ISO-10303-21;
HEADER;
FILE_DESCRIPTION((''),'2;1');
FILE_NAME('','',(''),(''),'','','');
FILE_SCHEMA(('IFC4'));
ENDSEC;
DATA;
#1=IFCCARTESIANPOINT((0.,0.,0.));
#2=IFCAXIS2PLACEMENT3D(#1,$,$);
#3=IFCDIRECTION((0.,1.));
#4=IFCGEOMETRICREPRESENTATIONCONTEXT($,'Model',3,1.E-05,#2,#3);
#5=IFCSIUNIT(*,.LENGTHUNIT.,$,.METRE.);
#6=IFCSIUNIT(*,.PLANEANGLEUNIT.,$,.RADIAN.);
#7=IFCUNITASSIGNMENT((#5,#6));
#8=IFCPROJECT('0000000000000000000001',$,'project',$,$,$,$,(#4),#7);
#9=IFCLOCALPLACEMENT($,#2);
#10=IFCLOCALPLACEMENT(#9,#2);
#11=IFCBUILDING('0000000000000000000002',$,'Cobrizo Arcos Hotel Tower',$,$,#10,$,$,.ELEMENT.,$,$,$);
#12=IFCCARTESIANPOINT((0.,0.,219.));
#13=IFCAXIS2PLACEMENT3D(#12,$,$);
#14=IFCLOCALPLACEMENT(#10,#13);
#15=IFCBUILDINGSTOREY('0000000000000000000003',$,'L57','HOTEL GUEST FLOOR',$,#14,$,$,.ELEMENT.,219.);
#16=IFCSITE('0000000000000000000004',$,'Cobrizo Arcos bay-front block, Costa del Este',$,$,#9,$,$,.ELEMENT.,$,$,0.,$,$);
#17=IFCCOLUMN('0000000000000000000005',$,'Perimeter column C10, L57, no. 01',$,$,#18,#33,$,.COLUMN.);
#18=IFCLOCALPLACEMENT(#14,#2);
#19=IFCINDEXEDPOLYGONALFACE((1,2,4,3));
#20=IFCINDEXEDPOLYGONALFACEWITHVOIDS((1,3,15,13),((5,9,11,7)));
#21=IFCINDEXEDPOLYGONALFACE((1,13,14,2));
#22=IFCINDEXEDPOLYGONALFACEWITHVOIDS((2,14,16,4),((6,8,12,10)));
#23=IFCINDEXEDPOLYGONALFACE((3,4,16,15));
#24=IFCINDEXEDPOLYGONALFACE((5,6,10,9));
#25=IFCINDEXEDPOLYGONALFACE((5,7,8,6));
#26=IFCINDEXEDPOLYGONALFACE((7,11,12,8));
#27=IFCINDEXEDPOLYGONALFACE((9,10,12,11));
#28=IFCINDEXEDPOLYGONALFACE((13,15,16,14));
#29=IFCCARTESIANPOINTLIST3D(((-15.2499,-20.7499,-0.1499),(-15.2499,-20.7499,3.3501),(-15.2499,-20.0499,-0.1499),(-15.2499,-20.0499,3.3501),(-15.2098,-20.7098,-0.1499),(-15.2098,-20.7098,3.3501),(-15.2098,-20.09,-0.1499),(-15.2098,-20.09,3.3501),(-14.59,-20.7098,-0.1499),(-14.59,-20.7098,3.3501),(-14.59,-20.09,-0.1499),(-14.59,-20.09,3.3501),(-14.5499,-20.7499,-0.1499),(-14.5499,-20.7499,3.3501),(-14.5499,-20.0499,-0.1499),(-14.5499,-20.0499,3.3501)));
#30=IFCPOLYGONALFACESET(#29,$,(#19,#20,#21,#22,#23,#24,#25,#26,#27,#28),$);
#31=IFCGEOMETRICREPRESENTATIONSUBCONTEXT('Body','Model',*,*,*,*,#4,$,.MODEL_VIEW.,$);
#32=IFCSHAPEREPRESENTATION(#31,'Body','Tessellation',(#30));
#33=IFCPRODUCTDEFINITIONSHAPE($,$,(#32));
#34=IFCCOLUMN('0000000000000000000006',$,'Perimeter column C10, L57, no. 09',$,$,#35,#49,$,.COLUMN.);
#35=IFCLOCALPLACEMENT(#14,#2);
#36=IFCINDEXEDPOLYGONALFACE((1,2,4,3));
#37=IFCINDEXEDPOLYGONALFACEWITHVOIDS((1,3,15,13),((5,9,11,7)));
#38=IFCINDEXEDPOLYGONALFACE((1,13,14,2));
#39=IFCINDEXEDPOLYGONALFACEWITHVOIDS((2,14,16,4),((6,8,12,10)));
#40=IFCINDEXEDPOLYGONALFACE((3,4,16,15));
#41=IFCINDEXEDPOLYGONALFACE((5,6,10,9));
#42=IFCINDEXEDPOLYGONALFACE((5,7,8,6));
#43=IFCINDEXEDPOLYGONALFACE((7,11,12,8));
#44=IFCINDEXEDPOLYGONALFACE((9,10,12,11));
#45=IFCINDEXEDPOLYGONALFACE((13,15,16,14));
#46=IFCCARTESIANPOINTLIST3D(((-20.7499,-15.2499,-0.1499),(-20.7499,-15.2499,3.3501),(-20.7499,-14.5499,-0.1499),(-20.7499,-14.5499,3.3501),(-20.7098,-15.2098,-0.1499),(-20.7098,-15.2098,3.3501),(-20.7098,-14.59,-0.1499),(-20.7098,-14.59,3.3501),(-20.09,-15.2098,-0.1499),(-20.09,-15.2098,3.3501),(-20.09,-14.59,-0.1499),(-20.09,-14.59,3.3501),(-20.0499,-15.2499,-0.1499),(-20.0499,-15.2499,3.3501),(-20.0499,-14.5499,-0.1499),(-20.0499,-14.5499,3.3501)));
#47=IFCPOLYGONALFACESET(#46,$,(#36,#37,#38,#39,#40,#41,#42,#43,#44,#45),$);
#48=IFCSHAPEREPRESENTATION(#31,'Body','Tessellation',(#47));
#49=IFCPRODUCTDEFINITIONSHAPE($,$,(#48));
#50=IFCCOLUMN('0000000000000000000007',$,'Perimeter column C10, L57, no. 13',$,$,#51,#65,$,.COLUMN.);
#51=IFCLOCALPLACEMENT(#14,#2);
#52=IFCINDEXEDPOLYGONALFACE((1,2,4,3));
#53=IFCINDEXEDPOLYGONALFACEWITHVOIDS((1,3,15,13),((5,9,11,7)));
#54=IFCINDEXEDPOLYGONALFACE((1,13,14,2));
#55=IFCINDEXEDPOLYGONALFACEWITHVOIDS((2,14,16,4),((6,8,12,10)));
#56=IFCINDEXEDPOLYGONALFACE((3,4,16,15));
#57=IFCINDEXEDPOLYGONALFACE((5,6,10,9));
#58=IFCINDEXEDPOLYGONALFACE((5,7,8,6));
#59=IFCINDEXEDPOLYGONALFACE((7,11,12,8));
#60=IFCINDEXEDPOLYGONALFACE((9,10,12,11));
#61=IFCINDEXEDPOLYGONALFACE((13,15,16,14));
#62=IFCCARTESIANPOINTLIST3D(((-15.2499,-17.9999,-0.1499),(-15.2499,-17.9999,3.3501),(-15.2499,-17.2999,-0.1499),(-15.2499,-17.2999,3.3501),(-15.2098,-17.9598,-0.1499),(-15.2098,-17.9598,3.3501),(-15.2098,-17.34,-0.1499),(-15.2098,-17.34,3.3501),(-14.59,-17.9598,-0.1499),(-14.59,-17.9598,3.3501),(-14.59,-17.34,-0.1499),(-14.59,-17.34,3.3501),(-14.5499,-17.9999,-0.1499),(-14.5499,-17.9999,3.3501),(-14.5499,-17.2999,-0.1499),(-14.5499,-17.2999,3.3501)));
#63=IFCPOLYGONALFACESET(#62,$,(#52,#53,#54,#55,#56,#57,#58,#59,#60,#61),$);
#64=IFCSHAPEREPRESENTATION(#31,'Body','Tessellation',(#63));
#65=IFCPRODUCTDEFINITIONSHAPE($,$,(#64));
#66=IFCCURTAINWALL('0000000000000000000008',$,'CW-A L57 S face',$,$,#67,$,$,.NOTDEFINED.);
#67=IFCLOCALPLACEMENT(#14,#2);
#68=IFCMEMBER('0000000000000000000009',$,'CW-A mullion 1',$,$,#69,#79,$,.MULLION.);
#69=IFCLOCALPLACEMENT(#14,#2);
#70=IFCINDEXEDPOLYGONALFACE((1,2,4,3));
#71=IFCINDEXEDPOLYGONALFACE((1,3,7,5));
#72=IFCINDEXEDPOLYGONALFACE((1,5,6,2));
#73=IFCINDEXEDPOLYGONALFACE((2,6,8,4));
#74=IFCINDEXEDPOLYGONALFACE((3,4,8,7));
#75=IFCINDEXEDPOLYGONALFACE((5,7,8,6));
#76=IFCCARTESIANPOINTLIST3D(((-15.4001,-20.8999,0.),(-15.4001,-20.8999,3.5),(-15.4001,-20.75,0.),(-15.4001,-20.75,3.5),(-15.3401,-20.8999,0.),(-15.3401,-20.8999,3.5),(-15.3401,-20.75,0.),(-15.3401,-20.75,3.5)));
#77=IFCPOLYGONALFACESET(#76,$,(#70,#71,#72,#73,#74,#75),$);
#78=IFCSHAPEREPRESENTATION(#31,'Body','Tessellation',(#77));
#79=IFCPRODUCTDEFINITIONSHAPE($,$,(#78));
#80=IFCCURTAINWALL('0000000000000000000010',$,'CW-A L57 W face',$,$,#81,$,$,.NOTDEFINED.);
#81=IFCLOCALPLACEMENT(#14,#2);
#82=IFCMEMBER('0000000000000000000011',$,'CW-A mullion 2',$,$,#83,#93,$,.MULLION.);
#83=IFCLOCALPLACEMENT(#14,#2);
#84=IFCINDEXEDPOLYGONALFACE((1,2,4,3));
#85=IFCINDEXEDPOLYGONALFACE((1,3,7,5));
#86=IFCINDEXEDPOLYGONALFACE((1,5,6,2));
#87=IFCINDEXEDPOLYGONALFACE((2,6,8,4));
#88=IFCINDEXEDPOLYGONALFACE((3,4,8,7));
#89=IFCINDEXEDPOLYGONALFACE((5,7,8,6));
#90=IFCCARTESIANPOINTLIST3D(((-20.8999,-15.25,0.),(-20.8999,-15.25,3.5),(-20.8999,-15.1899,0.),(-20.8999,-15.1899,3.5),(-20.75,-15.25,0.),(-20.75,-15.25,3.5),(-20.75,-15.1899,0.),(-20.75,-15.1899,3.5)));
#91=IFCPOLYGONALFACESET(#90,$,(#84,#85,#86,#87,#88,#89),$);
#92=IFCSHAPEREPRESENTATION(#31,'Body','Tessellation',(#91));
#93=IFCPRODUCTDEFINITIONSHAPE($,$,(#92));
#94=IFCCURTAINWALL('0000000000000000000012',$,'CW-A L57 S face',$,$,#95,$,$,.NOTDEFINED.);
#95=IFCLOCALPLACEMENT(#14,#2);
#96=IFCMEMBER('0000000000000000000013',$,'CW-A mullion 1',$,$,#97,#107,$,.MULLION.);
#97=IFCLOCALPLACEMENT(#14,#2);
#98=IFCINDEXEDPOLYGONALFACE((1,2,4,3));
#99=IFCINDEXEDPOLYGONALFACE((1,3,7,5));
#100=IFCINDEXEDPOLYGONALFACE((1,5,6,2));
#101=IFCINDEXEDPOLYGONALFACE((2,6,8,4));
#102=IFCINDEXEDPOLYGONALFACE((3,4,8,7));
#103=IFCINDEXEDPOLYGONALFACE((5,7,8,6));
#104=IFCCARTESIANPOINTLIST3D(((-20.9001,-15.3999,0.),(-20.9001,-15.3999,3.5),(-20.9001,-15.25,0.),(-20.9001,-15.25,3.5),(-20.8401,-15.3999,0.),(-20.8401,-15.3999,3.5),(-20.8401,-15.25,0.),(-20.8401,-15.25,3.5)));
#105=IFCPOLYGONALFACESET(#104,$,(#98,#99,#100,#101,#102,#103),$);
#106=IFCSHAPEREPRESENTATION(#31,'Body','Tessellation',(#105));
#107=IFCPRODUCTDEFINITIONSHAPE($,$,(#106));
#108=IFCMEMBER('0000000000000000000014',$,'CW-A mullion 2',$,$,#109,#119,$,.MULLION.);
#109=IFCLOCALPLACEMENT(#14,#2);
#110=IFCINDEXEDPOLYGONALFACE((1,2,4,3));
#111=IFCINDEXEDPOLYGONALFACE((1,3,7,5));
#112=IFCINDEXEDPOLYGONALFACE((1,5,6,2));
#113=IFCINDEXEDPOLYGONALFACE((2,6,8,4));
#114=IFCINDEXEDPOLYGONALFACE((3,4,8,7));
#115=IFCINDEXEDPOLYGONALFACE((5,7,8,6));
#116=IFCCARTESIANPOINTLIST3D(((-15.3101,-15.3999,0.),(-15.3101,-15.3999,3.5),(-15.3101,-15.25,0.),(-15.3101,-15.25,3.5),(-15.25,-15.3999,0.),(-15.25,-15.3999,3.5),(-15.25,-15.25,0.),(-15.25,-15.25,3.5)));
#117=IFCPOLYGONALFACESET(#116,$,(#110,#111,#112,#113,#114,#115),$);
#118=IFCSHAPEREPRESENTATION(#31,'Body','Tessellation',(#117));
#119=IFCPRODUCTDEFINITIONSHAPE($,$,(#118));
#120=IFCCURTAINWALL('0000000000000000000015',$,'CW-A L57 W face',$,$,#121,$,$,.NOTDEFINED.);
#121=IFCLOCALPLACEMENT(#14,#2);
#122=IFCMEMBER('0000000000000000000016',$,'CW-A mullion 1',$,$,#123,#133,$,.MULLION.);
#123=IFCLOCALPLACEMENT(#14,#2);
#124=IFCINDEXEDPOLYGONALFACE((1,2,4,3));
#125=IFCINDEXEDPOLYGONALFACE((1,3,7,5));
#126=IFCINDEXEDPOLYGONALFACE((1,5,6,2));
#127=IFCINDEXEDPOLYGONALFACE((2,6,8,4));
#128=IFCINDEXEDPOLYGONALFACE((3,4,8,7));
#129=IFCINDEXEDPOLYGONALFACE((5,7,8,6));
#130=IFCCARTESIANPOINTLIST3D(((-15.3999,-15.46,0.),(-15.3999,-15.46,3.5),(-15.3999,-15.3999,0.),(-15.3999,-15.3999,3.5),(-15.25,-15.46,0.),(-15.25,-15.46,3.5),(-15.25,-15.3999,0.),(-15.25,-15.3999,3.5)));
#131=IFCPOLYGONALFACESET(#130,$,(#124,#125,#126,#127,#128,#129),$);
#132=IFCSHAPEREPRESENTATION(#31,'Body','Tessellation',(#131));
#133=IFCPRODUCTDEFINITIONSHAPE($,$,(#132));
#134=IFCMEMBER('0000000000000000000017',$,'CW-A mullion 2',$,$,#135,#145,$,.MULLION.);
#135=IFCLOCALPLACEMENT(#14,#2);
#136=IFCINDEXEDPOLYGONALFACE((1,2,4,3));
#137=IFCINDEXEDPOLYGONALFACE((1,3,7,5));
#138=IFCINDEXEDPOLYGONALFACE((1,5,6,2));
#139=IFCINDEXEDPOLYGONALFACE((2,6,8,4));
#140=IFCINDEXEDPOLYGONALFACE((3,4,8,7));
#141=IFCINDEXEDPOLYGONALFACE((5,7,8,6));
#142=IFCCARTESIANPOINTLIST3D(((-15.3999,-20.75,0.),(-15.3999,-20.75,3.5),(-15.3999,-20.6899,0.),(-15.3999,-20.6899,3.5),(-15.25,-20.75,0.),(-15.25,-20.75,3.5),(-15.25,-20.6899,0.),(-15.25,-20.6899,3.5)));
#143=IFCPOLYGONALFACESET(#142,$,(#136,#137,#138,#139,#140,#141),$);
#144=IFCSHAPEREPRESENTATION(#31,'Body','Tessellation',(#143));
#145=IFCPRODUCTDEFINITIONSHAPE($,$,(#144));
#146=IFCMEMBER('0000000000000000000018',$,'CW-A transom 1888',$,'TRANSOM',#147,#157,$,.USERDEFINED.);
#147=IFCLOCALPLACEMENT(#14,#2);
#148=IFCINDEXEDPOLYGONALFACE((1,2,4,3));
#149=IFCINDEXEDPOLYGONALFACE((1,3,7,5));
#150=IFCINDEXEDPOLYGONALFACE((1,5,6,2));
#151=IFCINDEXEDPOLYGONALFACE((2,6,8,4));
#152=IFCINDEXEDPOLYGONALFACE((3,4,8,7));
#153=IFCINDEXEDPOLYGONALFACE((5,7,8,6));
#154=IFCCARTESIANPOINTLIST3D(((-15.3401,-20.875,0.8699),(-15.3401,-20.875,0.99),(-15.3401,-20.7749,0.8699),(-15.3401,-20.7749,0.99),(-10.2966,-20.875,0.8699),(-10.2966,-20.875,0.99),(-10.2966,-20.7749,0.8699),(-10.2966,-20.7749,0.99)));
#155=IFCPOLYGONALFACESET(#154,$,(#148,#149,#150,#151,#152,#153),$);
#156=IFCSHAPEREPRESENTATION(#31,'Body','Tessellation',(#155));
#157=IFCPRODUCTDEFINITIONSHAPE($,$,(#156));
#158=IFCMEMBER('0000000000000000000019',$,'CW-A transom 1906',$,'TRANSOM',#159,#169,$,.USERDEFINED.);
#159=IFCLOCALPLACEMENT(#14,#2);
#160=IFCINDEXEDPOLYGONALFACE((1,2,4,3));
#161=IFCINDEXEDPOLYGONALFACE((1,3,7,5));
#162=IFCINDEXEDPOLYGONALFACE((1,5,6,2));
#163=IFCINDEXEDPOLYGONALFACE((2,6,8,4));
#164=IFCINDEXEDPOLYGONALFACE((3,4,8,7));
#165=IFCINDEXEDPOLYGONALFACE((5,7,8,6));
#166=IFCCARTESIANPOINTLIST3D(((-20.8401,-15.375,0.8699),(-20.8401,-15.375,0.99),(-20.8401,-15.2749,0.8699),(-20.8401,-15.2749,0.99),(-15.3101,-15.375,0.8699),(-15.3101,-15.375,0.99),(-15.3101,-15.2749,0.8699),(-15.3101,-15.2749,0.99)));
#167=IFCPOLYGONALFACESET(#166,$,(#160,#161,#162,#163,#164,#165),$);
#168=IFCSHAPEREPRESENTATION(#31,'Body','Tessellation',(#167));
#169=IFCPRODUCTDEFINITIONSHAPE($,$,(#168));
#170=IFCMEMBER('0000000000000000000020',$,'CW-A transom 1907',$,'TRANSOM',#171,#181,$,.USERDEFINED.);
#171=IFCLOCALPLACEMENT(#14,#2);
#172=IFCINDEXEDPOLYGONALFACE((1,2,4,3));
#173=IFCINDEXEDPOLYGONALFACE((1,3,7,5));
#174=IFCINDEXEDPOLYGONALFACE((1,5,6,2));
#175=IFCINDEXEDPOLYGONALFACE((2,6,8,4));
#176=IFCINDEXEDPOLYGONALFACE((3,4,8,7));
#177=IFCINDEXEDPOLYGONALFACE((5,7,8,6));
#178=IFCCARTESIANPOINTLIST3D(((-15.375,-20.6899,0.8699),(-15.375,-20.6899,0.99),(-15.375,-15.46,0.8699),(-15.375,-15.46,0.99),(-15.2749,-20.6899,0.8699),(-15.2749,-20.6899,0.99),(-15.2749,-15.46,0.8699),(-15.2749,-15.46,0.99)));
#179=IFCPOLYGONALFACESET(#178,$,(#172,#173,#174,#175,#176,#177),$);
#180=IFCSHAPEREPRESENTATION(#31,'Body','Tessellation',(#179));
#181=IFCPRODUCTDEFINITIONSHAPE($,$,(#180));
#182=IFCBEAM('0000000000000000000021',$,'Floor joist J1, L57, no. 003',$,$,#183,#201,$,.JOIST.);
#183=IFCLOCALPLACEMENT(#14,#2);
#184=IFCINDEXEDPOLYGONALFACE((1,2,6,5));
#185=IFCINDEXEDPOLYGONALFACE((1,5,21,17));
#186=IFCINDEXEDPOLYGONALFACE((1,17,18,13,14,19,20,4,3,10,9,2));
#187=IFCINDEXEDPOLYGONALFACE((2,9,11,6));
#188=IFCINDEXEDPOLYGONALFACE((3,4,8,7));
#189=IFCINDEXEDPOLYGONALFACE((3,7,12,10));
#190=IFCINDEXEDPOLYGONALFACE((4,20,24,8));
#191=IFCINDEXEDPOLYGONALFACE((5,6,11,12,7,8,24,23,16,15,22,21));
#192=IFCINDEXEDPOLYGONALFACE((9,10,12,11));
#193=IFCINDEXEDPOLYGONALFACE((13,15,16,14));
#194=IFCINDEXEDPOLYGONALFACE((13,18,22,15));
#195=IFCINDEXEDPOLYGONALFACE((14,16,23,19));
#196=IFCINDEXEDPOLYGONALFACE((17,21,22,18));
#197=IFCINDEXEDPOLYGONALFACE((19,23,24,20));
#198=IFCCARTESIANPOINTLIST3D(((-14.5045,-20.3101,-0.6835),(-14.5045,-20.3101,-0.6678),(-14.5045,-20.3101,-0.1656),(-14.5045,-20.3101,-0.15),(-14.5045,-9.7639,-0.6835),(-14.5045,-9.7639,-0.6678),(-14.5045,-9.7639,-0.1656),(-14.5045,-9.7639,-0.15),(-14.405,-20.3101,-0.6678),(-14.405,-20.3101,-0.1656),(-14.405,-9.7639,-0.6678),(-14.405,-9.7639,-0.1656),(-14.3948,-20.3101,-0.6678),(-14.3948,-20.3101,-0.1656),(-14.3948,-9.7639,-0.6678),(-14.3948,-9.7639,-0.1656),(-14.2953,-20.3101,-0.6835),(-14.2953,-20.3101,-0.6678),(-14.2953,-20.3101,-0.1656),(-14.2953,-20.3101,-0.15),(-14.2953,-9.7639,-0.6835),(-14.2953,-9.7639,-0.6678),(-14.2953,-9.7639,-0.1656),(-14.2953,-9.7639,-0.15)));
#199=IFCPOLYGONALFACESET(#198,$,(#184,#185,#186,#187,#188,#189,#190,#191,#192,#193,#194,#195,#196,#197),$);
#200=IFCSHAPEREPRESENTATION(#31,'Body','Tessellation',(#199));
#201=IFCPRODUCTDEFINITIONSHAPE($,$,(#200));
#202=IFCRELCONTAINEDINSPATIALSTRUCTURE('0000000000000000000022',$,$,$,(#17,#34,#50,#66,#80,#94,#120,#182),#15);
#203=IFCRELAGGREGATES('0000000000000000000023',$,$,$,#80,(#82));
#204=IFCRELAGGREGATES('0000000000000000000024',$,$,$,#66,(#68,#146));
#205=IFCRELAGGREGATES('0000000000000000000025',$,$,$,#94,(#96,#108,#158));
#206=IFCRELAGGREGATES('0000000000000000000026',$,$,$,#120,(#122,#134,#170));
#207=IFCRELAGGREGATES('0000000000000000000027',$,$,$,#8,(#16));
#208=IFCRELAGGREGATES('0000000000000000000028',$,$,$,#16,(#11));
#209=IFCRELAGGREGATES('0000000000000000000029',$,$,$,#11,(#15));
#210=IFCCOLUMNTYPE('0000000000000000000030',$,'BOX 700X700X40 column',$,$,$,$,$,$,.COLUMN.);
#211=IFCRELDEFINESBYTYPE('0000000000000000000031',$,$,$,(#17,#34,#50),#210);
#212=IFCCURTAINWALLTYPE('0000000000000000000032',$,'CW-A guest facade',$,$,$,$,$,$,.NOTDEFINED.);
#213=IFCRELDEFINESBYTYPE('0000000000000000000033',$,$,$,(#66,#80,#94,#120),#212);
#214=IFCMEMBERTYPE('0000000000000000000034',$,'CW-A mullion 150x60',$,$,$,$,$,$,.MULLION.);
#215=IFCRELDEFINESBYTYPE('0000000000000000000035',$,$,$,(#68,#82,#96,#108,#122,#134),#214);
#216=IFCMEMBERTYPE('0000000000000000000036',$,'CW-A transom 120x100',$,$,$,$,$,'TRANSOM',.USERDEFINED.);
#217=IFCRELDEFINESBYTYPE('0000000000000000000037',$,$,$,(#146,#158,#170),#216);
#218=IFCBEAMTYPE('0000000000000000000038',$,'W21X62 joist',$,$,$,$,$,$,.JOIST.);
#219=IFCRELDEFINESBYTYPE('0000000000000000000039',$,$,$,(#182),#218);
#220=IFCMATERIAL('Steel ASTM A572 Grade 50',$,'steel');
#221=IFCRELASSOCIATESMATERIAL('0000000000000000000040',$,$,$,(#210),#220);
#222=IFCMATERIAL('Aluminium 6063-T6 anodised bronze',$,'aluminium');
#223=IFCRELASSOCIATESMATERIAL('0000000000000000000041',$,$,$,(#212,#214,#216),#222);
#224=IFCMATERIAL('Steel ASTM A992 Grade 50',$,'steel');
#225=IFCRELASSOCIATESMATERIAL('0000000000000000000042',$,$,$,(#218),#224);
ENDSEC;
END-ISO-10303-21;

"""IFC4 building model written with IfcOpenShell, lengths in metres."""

from ifc_helpers import new_model, si_unit, direction, frame, origin, origin_2d, place, context, subcontext, project, spatial, rectangle, hollow_rectangle, i_section, extrude, material, material_profile, profile_set, type_object, element, aggregate, save


model = new_model("IFC4")

# Units and contexts
model_context = context("Model", 3, precision=1e-05, world=origin(), true_north=direction((0.0, 1.0)))
body_context = subcontext(model_context, "Body", "Model", "MODEL_VIEW")
ifc_project = project(units=[si_unit("LENGTHUNIT", "METRE"), si_unit("PLANEANGLEUNIT", "RADIAN")], contexts=[model_context])

# Site, building, storey
site_placement = place(None, origin())
site = spatial("IfcSite", under=ifc_project, at=site_placement, Name="Cobrizo Arcos bay-front block, Costa del Este", CompositionType="ELEMENT", RefElevation=0.0)
building_placement = place(site_placement, origin())
building = spatial("IfcBuilding", under=site, at=building_placement, Name="Cobrizo Arcos Hotel Tower", CompositionType="ELEMENT")
storey_placement = place(building_placement, frame((0.0, 0.0, 219.0)))
storey = spatial("IfcBuildingStorey", under=building, at=storey_placement, Name="L57", Description="HOTEL GUEST FLOOR", CompositionType="ELEMENT", Elevation=219.0)

# Columns
ifc_material_1 = material(Name="Steel ASTM A572 Grade 50", Category="steel")
ifc_material_profile_1 = material_profile(ifc_material_1, hollow_rectangle(XDim=0.7, YDim=0.7, WallThickness=0.04, at=origin_2d()), Name="BOX 700X700X40")
ifc_profile_set_1 = profile_set([ifc_material_profile_1], Name="Steel ASTM A572 Grade 50")
column_type = type_object("IfcColumnType", Name="BOX 700X700X40 column", PredefinedType="COLUMN", material=ifc_profile_set_1)
for number, where, z_axis, x_axis, name in (
    (1, (-14.8999, -20.3999, -0.1499), (0.0, 0.0, 1.0), (1.0, 0.0, 0.0), "Perimeter column C10, L57, no. 01"),
    (2, (-20.3999, -14.8999, -0.1499), (0.0, 0.0, 1.0), (1.0, 0.0, 0.0), "Perimeter column C10, L57, no. 09"),
    (3, (-14.8999, -17.6499, -0.1499), (0.0, 0.0, 1.0), (1.0, 0.0, 0.0), "Perimeter column C10, L57, no. 13"),
):
    element("IfcColumn", number, at=place(storey_placement, frame(where, z_axis=z_axis, x_axis=x_axis)), inside=storey, type_object=column_type, Name=name, PredefinedType="COLUMN", context=body_context, shape_type="SweptSolid", body=[
        extrude(hollow_rectangle(XDim=0.7, YDim=0.7, WallThickness=0.04, at=origin_2d()), origin(), (0.0, 0.0, 1.0), 3.5),
    ])

# Curtain walls, members
ifc_material_2 = material(Name="Aluminium 6063-T6 anodised bronze", Category="aluminium")
curtain_wall_type = type_object("IfcCurtainWallType", Name="CW-A guest facade", PredefinedType="NOTDEFINED", material=ifc_material_2)
curtain_wall_1_placement = place(storey_placement, origin())
curtain_wall_1 = element("IfcCurtainWall", 4, at=curtain_wall_1_placement, inside=storey, type_object=curtain_wall_type, Name="CW-A L57 S face", PredefinedType="NOTDEFINED")
ifc_material_profile_2 = material_profile(ifc_material_2, rectangle(XDim=0.1499, YDim=0.0601, at=origin_2d()), Name="CW-A mullion 150x60")
ifc_profile_set_2 = profile_set([ifc_material_profile_2], Name="Aluminium 6063-T6 anodised bronze")
member_type_1 = type_object("IfcMemberType", Name="CW-A mullion 150x60", PredefinedType="MULLION", material=ifc_profile_set_2)
member_1_placement = place(storey_placement, frame((-15.3701, -20.825, 0.0), z_axis=(0.0, 0.0, 1.0), x_axis=(0.0, -1.0, 0.0)))
member_1 = element("IfcMember", 5, at=member_1_placement, type_object=member_type_1, Name="CW-A mullion 1", PredefinedType="MULLION", context=body_context, shape_type="SweptSolid", body=[
    extrude(rectangle(XDim=0.1499, YDim=0.0601, at=origin_2d()), origin(), (0.0, 0.0, 1.0), 3.5),
])
curtain_wall_2_placement = place(storey_placement, origin())
curtain_wall_2 = element("IfcCurtainWall", 6, at=curtain_wall_2_placement, inside=storey, type_object=curtain_wall_type, Name="CW-A L57 W face", PredefinedType="NOTDEFINED")
member_2_placement = place(storey_placement, frame((-20.825, -15.22, 0.0), z_axis=(0.0, 0.0, 1.0), x_axis=(-1.0, 0.0, 0.0)))
member_2 = element("IfcMember", 7, at=member_2_placement, type_object=member_type_1, Name="CW-A mullion 2", PredefinedType="MULLION", context=body_context, shape_type="SweptSolid", body=[
    extrude(rectangle(XDim=0.1499, YDim=0.0601, at=origin_2d()), origin(), (0.0, 0.0, 1.0), 3.5),
])
aggregate(curtain_wall_2, [member_2])

# Curtain walls, members
curtain_wall_3_placement = place(storey_placement, origin())
curtain_wall_3 = element("IfcCurtainWall", 8, at=curtain_wall_3_placement, inside=storey, type_object=curtain_wall_type, Name="CW-A L57 S face", PredefinedType="NOTDEFINED")
member_3_placement = place(storey_placement, frame((-20.8701, -15.325, 0.0), z_axis=(0.0, 0.0, 1.0), x_axis=(0.0, -1.0, 0.0)))
member_3 = element("IfcMember", 9, at=member_3_placement, type_object=member_type_1, Name="CW-A mullion 1", PredefinedType="MULLION", context=body_context, shape_type="SweptSolid", body=[
    extrude(rectangle(XDim=0.1499, YDim=0.0601, at=origin_2d()), origin(), (0.0, 0.0, 1.0), 3.5),
])
member_4_placement = place(storey_placement, frame((-15.28, -15.325, 0.0), z_axis=(0.0, 0.0, 1.0), x_axis=(0.0, -1.0, 0.0)))
member_4 = element("IfcMember", 10, at=member_4_placement, type_object=member_type_1, Name="CW-A mullion 2", PredefinedType="MULLION", context=body_context, shape_type="SweptSolid", body=[
    extrude(rectangle(XDim=0.1499, YDim=0.0601, at=origin_2d()), origin(), (0.0, 0.0, 1.0), 3.5),
])
curtain_wall_4_placement = place(storey_placement, origin())
curtain_wall_4 = element("IfcCurtainWall", 11, at=curtain_wall_4_placement, inside=storey, type_object=curtain_wall_type, Name="CW-A L57 W face", PredefinedType="NOTDEFINED")
member_5_placement = place(storey_placement, frame((-15.325, -15.4299, 0.0), z_axis=(0.0, 0.0, 1.0), x_axis=(-1.0, 0.0, 0.0)))
member_5 = element("IfcMember", 12, at=member_5_placement, type_object=member_type_1, Name="CW-A mullion 1", PredefinedType="MULLION", context=body_context, shape_type="SweptSolid", body=[
    extrude(rectangle(XDim=0.1499, YDim=0.0601, at=origin_2d()), origin(), (0.0, 0.0, 1.0), 3.5),
])
member_6_placement = place(storey_placement, frame((-15.325, -20.72, 0.0), z_axis=(0.0, 0.0, 1.0), x_axis=(-1.0, 0.0, 0.0)))
member_6 = element("IfcMember", 13, at=member_6_placement, type_object=member_type_1, Name="CW-A mullion 2", PredefinedType="MULLION", context=body_context, shape_type="SweptSolid", body=[
    extrude(rectangle(XDim=0.1499, YDim=0.0601, at=origin_2d()), origin(), (0.0, 0.0, 1.0), 3.5),
])

# Members
ifc_material_profile_3 = material_profile(ifc_material_2, rectangle(XDim=0.1001, YDim=0.1201, at=origin_2d()), Name="CW-A transom 120x100")
ifc_profile_set_3 = profile_set([ifc_material_profile_3], Name="Aluminium 6063-T6 anodised bronze")
member_type_2 = type_object("IfcMemberType", Name="CW-A transom 120x100", ElementType="TRANSOM", PredefinedType="USERDEFINED", material=ifc_profile_set_3)
member_7_placement = place(storey_placement, frame((-15.3401, -20.825, 0.9299), z_axis=(1.0, 0.0, 0.0), x_axis=(0.0, 1.0, 0.0)))
member_7 = element("IfcMember", 14, at=member_7_placement, type_object=member_type_2, Name="CW-A transom 1888", ObjectType="TRANSOM", PredefinedType="USERDEFINED", context=body_context, shape_type="SweptSolid", body=[
    extrude(rectangle(XDim=0.1001, YDim=0.1201, at=origin_2d()), origin(), (0.0, 0.0, 1.0), 5.0435),
])
member_8_placement = place(storey_placement, frame((-20.8401, -15.325, 0.9299), z_axis=(1.0, 0.0, 0.0), x_axis=(0.0, 1.0, 0.0)))
member_8 = element("IfcMember", 15, at=member_8_placement, type_object=member_type_2, Name="CW-A transom 1906", ObjectType="TRANSOM", PredefinedType="USERDEFINED", context=body_context, shape_type="SweptSolid", body=[
    extrude(rectangle(XDim=0.1001, YDim=0.1201, at=origin_2d()), origin(), (0.0, 0.0, 1.0), 5.53),
])
member_9_placement = place(storey_placement, frame((-15.325, -15.46, 0.9299), z_axis=(0.0, -1.0, 0.0), x_axis=(1.0, 0.0, 0.0)))
member_9 = element("IfcMember", 16, at=member_9_placement, type_object=member_type_2, Name="CW-A transom 1907", ObjectType="TRANSOM", PredefinedType="USERDEFINED", context=body_context, shape_type="SweptSolid", body=[
    extrude(rectangle(XDim=0.1001, YDim=0.1201, at=origin_2d()), origin(), (0.0, 0.0, 1.0), 5.23),
])

# Beam
ifc_material_3 = material(Name="Steel ASTM A992 Grade 50", Category="steel")
ifc_material_profile_4 = material_profile(ifc_material_3, i_section(OverallWidth=0.2092, OverallDepth=0.5334, WebThickness=0.0103, FlangeThickness=0.0156, at=origin_2d()), Name="W21X62")
ifc_profile_set_4 = profile_set([ifc_material_profile_4], Name="Steel ASTM A992 Grade 50")
beam_type_1 = type_object("IfcBeamType", Name="W21X62 joist", PredefinedType="JOIST", material=ifc_profile_set_4)
beam_1_placement = place(storey_placement, frame((-14.3999, -20.3101, -0.4167), z_axis=(0.0, 1.0, 0.0), x_axis=(-1.0, 0.0, 0.0)))
element("IfcBeam", 17, at=beam_1_placement, inside=storey, type_object=beam_type_1, Name="Floor joist J1, L57, no. 003", PredefinedType="JOIST", context=body_context, shape_type="SweptSolid", body=[
    extrude(i_section(OverallWidth=0.2092, OverallDepth=0.5334, WebThickness=0.0103, FlangeThickness=0.0156, at=origin_2d()), origin(), (0.0, 0.0, 1.0), 10.5461),
])

aggregate(curtain_wall_1, [member_1, member_7])
aggregate(curtain_wall_3, [member_3, member_4, member_8])
aggregate(curtain_wall_4, [member_5, member_6, member_9])

save(model, "model.ifc")
